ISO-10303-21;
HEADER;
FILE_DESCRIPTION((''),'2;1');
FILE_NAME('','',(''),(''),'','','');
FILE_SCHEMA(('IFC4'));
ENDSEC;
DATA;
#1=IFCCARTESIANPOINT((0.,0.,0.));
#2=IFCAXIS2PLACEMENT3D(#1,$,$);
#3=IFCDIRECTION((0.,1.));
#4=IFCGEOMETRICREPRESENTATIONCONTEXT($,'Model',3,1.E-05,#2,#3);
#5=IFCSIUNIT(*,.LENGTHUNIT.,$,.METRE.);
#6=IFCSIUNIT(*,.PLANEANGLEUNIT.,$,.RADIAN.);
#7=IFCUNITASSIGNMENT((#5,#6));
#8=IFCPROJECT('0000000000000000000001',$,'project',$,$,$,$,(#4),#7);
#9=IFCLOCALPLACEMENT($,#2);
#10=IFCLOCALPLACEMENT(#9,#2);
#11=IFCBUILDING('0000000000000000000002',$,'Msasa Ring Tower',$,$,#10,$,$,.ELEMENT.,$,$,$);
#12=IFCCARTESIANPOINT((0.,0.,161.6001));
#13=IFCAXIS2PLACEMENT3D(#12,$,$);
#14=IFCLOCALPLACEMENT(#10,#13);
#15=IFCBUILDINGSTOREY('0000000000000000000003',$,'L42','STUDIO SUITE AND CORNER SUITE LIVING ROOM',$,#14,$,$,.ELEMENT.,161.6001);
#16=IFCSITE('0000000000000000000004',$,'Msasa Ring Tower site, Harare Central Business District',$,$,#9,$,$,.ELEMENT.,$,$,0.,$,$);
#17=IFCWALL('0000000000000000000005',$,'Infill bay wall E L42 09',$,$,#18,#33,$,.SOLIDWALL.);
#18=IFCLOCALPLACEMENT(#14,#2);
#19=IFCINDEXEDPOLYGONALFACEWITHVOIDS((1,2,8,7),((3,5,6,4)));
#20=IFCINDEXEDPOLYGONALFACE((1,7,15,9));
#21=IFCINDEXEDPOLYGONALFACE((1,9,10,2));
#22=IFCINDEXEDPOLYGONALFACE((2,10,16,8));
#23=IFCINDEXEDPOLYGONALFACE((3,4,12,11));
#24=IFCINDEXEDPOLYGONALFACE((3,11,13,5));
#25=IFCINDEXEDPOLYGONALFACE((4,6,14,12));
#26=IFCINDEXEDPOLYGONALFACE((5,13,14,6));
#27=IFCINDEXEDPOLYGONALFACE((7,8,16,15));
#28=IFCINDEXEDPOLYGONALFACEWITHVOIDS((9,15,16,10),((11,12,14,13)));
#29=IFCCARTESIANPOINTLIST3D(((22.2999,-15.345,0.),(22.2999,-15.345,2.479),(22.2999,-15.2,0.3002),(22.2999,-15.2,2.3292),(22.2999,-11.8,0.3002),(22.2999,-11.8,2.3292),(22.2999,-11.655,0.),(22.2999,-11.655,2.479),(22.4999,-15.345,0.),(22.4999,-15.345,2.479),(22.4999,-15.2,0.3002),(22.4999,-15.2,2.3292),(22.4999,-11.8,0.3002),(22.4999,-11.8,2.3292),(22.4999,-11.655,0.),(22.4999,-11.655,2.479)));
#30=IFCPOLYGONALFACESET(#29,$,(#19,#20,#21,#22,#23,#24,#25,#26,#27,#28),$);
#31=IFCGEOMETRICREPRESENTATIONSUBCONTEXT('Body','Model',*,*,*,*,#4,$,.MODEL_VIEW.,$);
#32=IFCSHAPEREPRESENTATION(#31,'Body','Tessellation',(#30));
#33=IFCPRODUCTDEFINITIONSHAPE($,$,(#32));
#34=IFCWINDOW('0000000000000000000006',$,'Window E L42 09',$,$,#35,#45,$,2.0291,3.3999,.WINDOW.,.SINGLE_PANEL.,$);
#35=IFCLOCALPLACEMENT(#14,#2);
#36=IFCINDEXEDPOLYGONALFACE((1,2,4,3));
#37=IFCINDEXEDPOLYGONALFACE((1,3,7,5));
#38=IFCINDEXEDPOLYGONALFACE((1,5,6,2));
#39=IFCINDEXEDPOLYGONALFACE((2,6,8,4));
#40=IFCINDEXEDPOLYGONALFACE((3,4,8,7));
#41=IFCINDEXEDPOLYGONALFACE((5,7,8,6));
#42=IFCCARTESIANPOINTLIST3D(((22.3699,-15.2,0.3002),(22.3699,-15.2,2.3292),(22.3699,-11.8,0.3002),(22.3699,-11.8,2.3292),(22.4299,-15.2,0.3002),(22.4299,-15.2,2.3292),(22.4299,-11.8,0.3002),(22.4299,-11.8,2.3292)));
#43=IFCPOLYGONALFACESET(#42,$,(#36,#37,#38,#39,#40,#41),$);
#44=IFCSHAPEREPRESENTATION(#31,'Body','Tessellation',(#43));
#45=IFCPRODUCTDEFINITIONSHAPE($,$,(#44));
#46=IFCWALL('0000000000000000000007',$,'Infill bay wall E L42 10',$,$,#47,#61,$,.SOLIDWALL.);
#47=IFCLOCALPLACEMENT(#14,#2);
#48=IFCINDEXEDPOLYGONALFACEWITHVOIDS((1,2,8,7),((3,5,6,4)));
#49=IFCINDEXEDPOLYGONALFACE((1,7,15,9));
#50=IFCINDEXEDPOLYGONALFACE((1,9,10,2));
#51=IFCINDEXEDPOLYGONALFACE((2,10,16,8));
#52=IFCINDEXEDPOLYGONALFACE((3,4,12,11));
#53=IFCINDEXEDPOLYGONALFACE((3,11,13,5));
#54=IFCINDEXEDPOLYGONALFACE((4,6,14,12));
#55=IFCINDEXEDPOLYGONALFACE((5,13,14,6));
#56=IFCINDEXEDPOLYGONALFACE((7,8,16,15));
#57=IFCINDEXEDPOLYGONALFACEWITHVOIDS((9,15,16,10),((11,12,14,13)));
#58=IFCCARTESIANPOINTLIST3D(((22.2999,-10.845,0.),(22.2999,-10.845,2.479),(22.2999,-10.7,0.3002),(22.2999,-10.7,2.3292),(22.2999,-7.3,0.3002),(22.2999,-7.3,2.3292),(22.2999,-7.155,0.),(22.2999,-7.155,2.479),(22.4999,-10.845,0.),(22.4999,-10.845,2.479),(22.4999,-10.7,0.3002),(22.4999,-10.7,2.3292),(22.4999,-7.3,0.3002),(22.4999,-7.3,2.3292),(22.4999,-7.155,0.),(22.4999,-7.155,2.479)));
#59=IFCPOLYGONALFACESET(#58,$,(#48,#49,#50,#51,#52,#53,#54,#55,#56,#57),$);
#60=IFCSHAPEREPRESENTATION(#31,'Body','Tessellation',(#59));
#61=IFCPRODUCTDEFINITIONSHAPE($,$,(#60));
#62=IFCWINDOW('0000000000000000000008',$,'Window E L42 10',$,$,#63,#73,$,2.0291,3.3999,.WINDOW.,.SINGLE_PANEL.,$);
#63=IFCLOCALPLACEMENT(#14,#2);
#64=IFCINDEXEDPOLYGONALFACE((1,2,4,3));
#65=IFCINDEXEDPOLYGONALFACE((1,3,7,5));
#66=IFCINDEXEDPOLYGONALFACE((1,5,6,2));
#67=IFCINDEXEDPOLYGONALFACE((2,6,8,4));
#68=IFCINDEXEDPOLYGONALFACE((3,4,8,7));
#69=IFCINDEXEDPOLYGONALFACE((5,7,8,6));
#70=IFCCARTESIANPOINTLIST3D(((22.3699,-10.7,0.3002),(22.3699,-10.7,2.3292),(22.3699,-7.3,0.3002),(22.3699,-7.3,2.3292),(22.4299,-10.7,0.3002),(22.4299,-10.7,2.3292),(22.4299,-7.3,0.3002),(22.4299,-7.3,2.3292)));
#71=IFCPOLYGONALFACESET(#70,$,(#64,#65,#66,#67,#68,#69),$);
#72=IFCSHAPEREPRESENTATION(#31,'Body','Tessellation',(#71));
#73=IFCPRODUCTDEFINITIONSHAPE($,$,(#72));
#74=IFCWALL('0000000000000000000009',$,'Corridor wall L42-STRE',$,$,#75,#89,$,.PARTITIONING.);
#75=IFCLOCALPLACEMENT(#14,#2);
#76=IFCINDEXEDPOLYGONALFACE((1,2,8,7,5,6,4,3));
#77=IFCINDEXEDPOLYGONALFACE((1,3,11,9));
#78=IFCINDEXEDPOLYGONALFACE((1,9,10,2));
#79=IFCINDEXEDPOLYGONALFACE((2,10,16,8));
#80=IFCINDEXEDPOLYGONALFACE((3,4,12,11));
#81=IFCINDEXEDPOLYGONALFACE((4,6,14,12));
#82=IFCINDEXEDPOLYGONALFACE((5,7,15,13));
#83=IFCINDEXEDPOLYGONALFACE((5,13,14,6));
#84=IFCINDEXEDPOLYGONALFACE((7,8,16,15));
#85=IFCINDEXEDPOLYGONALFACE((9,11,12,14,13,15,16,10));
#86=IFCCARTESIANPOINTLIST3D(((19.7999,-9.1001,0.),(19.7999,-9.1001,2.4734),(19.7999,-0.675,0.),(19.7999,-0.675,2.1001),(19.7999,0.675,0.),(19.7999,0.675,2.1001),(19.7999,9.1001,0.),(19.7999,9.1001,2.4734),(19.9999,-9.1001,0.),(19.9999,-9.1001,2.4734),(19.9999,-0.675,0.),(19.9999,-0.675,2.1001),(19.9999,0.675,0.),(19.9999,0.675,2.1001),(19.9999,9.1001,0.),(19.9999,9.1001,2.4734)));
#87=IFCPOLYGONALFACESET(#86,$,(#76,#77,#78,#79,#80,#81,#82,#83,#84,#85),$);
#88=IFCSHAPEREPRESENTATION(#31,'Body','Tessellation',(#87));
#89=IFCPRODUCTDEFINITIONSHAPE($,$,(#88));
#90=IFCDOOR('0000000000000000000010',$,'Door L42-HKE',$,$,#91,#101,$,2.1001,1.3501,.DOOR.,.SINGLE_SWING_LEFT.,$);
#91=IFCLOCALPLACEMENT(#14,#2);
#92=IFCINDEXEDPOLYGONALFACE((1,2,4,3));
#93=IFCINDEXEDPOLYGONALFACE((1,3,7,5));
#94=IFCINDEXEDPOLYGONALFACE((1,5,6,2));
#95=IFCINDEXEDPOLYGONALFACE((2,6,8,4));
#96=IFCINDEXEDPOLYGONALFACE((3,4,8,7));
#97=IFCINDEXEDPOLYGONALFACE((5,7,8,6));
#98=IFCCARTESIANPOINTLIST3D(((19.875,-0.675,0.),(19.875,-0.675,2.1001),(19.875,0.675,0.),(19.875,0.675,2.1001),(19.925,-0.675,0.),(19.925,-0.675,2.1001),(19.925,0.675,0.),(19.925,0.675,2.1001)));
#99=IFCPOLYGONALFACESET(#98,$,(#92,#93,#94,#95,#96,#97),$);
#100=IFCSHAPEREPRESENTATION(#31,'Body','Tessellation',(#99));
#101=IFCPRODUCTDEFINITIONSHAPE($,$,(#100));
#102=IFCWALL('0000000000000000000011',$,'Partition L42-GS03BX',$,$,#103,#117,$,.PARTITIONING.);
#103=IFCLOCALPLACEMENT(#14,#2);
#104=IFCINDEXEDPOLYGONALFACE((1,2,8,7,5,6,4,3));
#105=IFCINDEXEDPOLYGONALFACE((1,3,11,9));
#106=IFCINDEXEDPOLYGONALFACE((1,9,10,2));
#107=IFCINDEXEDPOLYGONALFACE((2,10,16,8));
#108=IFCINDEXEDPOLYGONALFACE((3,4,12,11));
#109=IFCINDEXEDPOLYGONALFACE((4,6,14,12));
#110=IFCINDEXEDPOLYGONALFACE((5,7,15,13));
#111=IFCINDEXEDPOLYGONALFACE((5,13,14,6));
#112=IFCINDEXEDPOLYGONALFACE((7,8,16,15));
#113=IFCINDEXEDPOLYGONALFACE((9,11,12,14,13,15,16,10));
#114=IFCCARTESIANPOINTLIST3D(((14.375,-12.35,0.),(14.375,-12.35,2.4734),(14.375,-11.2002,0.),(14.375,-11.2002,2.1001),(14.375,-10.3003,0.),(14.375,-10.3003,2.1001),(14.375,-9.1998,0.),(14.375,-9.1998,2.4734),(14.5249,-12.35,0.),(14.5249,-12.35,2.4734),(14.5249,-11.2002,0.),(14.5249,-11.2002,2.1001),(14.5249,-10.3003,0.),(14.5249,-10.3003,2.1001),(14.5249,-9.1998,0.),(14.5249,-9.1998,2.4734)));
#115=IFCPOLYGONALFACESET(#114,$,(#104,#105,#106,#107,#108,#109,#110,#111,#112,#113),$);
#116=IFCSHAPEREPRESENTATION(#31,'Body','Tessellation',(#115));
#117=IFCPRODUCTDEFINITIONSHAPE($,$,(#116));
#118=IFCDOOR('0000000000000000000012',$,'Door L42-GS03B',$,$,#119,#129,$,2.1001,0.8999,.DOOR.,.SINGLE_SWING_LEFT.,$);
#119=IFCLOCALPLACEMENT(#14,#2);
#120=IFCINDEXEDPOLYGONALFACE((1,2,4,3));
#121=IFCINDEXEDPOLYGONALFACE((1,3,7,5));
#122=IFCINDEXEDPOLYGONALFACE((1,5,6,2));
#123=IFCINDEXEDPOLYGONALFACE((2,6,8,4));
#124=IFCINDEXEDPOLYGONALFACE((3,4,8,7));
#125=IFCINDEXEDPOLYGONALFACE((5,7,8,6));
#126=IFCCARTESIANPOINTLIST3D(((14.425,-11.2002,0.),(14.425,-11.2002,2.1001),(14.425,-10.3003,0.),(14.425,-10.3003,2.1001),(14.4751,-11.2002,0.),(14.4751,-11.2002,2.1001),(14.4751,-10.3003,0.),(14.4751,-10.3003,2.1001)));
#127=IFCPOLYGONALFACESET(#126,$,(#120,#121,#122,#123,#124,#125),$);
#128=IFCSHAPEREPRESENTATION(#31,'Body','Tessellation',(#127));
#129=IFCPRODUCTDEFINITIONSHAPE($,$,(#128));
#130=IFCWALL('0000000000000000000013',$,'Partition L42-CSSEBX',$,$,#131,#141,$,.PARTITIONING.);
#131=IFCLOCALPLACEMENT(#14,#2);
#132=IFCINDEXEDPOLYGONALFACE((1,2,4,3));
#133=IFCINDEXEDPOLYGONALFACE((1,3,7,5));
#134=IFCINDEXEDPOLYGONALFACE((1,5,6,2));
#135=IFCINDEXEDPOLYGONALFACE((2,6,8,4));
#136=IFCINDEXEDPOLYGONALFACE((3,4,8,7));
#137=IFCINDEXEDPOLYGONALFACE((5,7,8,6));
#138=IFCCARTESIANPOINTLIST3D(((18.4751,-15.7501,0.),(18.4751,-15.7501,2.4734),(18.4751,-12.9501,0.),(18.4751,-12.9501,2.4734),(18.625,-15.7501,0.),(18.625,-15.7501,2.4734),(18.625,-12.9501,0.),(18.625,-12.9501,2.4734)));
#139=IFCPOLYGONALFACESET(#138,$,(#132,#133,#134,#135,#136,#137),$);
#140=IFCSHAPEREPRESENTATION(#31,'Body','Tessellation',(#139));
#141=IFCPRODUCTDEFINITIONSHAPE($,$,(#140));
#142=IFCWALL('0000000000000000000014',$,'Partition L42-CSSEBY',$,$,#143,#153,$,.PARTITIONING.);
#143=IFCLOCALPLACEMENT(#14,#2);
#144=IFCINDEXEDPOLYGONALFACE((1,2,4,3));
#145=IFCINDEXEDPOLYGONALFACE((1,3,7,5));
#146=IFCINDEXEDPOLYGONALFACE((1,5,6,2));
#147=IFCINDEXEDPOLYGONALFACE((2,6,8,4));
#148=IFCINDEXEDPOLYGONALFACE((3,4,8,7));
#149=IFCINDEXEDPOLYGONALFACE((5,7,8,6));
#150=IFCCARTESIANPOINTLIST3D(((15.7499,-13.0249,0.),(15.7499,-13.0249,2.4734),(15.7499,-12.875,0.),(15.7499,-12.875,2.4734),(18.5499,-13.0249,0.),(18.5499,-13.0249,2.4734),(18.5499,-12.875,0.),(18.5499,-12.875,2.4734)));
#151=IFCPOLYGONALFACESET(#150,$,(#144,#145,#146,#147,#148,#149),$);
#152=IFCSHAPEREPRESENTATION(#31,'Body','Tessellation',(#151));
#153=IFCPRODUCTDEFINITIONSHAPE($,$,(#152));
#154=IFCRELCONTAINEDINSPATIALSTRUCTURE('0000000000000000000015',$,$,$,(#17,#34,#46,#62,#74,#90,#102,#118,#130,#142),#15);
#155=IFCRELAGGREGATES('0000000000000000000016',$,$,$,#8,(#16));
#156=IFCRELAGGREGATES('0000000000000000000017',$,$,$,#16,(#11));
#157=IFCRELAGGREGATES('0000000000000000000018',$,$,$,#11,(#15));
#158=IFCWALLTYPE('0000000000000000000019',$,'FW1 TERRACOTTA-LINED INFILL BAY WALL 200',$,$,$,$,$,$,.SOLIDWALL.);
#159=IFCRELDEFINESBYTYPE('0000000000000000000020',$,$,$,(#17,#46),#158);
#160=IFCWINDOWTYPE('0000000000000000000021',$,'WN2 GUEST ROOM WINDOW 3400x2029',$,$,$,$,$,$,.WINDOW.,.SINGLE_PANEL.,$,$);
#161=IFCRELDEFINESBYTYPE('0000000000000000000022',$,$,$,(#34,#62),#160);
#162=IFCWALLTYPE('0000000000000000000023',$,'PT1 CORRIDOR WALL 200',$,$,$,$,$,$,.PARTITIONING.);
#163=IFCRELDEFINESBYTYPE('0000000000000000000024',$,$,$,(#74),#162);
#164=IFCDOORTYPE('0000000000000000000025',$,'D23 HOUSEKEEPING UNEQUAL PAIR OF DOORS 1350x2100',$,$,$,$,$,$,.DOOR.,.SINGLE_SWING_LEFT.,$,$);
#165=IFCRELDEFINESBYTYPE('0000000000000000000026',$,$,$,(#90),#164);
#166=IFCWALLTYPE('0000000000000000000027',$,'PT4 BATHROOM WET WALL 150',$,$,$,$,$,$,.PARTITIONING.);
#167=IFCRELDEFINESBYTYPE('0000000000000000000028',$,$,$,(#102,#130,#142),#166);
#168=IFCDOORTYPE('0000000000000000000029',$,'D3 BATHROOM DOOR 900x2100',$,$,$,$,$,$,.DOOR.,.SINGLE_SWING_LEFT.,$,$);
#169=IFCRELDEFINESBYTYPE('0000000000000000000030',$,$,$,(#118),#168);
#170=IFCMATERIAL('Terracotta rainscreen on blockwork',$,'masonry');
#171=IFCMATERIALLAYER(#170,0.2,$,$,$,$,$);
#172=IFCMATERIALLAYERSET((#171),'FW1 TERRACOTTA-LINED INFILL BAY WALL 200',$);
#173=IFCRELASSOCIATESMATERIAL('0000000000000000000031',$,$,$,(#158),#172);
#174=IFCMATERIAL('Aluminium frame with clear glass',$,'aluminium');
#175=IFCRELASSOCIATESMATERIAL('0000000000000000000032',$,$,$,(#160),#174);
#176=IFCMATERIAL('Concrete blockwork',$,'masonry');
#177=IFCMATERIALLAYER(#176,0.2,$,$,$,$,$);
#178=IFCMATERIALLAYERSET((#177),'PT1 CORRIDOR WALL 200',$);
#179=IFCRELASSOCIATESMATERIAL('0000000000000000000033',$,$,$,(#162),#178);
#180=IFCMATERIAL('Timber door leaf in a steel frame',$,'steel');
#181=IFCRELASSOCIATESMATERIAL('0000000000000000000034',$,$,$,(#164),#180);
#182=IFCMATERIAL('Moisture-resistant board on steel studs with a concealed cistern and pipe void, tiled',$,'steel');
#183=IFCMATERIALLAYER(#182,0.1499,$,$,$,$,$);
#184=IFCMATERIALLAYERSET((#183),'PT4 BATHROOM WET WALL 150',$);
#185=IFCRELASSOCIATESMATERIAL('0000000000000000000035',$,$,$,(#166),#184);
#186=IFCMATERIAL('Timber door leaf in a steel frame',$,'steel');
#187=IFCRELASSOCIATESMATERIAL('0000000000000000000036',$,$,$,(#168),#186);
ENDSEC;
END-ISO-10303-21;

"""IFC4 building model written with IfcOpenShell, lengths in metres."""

from ifc_helpers import new_model, si_unit, direction, frame, frame_2d, origin, place, context, subcontext, project, spatial, rectangle, extrude, material, layer, layer_set, type_object, element, fill, save


model = new_model("IFC4")

# Units and contexts
model_context = context("Model", 3, precision=1e-05, world=origin(), true_north=direction((0.0, 1.0)))
body_context = subcontext(model_context, "Body", "Model", "MODEL_VIEW")
ifc_project = project(units=[si_unit("LENGTHUNIT", "METRE"), si_unit("PLANEANGLEUNIT", "RADIAN")], contexts=[model_context])

# Site, building, storey
site_placement = place(None, origin())
site = spatial("IfcSite", under=ifc_project, at=site_placement, Name="Msasa Ring Tower site, Harare Central Business District", CompositionType="ELEMENT", RefElevation=0.0)
building_placement = place(site_placement, origin())
building = spatial("IfcBuilding", under=site, at=building_placement, Name="Msasa Ring Tower", CompositionType="ELEMENT")
storey_placement = place(building_placement, frame((0.0, 0.0, 161.6001)))
storey = spatial("IfcBuildingStorey", under=building, at=storey_placement, Name="L42", Description="STUDIO SUITE AND CORNER SUITE LIVING ROOM", CompositionType="ELEMENT", Elevation=161.6001)

# Walls, openings, windows
ifc_material_1 = material(Name="Terracotta rainscreen on blockwork", Category="masonry")
ifc_layer_1 = layer(ifc_material_1, 0.2)
ifc_layer_set_1 = layer_set([ifc_layer_1], Name="FW1 TERRACOTTA-LINED INFILL BAY WALL 200")
wall_type_1 = type_object("IfcWallType", Name="FW1 TERRACOTTA-LINED INFILL BAY WALL 200", PredefinedType="SOLIDWALL", material=ifc_layer_set_1)
wall_1_placement = place(storey_placement, frame((22.3999, -15.345, 0.0), z_axis=(0.0, 0.0, 1.0), x_axis=(0.0, 1.0, 0.0)))
wall_1 = element("IfcWall", 1, at=wall_1_placement, inside=storey, type_object=wall_type_1, Name="Infill bay wall E L42 09", PredefinedType="SOLIDWALL", context=body_context, shape_type="SweptSolid", body=[
    extrude(rectangle(XDim=3.6899, YDim=0.2, at=frame_2d((1.845, 0.0))), origin(), (0.0, 0.0, 1.0), 2.479),
])
opening_1_placement = place(wall_1_placement, frame((0.145, 0.0, 0.3)))
opening_1 = element("IfcOpeningElement", 2, at=opening_1_placement, cuts=wall_1, PredefinedType="OPENING", context=body_context, shape_type="SweptSolid", body=[
    extrude(rectangle(XDim=3.3999, YDim=2.0291, at=frame_2d((1.7, 1.0146))), frame((0.0, 0.1099, 0.0), z_axis=(0.0, -1.0, 0.0), x_axis=(1.0, 0.0, 0.0)), (0.0, 0.0, 1.0), 0.22),
])
ifc_material_2 = material(Name="Aluminium frame with clear glass", Category="aluminium")
window_type = type_object("IfcWindowType", Name="WN2 GUEST ROOM WINDOW 3400x2029", PartitioningType="SINGLE_PANEL", PredefinedType="WINDOW", material=ifc_material_2)
window_1_placement = place(opening_1_placement, origin())
window_1 = element("IfcWindow", 3, at=window_1_placement, inside=storey, type_object=window_type, Name="Window E L42 09", OverallHeight=2.0291, OverallWidth=3.3999, PartitioningType="SINGLE_PANEL", PredefinedType="WINDOW", context=body_context, shape_type="SweptSolid", body=[
    extrude(rectangle(XDim=3.3999, YDim=2.0291, at=frame_2d((1.7, 1.0146))), frame((0.0, 0.03, 0.0), z_axis=(0.0, -1.0, 0.0), x_axis=(1.0, 0.0, 0.0)), (0.0, 0.0, 1.0), 0.0601),
])
fill(opening_1, window_1)
wall_2_placement = place(storey_placement, frame((22.3999, -10.845, 0.0), z_axis=(0.0, 0.0, 1.0), x_axis=(0.0, 1.0, 0.0)))
wall_2 = element("IfcWall", 4, at=wall_2_placement, inside=storey, type_object=wall_type_1, Name="Infill bay wall E L42 10", PredefinedType="SOLIDWALL", context=body_context, shape_type="SweptSolid", body=[
    extrude(rectangle(XDim=3.6899, YDim=0.2, at=frame_2d((1.845, 0.0))), origin(), (0.0, 0.0, 1.0), 2.479),
])
opening_2_placement = place(wall_2_placement, frame((0.145, 0.0, 0.3)))
opening_2 = element("IfcOpeningElement", 5, at=opening_2_placement, cuts=wall_2, PredefinedType="OPENING", context=body_context, shape_type="SweptSolid", body=[
    extrude(rectangle(XDim=3.3999, YDim=2.0291, at=frame_2d((1.7, 1.0146))), frame((0.0, 0.1099, 0.0), z_axis=(0.0, -1.0, 0.0), x_axis=(1.0, 0.0, 0.0)), (0.0, 0.0, 1.0), 0.22),
])
window_2_placement = place(opening_2_placement, origin())
window_2 = element("IfcWindow", 6, at=window_2_placement, inside=storey, type_object=window_type, Name="Window E L42 10", OverallHeight=2.0291, OverallWidth=3.3999, PartitioningType="SINGLE_PANEL", PredefinedType="WINDOW", context=body_context, shape_type="SweptSolid", body=[
    extrude(rectangle(XDim=3.3999, YDim=2.0291, at=frame_2d((1.7, 1.0146))), frame((0.0, 0.03, 0.0), z_axis=(0.0, -1.0, 0.0), x_axis=(1.0, 0.0, 0.0)), (0.0, 0.0, 1.0), 0.0601),
])
fill(opening_2, window_2)

# Walls, openings, doors
ifc_material_3 = material(Name="Concrete blockwork", Category="masonry")
ifc_layer_2 = layer(ifc_material_3, 0.2)
ifc_layer_set_2 = layer_set([ifc_layer_2], Name="PT1 CORRIDOR WALL 200")
wall_type_2 = type_object("IfcWallType", Name="PT1 CORRIDOR WALL 200", PredefinedType="PARTITIONING", material=ifc_layer_set_2)
wall_3_placement = place(storey_placement, frame((19.8999, -9.1001, 0.0), z_axis=(0.0, 0.0, 1.0), x_axis=(0.0, 1.0, 0.0)))
wall_3 = element("IfcWall", 7, at=wall_3_placement, inside=storey, type_object=wall_type_2, Name="Corridor wall L42-STRE", PredefinedType="PARTITIONING", context=body_context, shape_type="SweptSolid", body=[
    extrude(rectangle(XDim=18.2002, YDim=0.2, at=frame_2d((9.1001, 0.0))), origin(), (0.0, 0.0, 1.0), 2.4734),
])
opening_3_placement = place(wall_3_placement, frame((8.425, 0.0, 0.0)))
opening_3 = element("IfcOpeningElement", 8, at=opening_3_placement, cuts=wall_3, PredefinedType="OPENING", context=body_context, shape_type="SweptSolid", body=[
    extrude(rectangle(XDim=1.3501, YDim=2.1001, at=frame_2d((0.675, 1.05))), frame((0.0, 0.1099, 0.0), z_axis=(0.0, -1.0, 0.0), x_axis=(1.0, 0.0, 0.0)), (0.0, 0.0, 1.0), 0.22),
])
ifc_material_4 = material(Name="Timber door leaf in a steel frame", Category="steel")
door_type_1 = type_object("IfcDoorType", Name="D23 HOUSEKEEPING UNEQUAL PAIR OF DOORS 1350x2100", OperationType="SINGLE_SWING_LEFT", PredefinedType="DOOR", material=ifc_material_4)
door_1_placement = place(opening_3_placement, origin())
door_1 = element("IfcDoor", 9, at=door_1_placement, inside=storey, type_object=door_type_1, Name="Door L42-HKE", OperationType="SINGLE_SWING_LEFT", OverallHeight=2.1001, OverallWidth=1.3501, PredefinedType="DOOR", context=body_context, shape_type="SweptSolid", body=[
    extrude(rectangle(XDim=1.3501, YDim=2.1001, at=frame_2d((0.675, 1.05))), frame((0.0, 0.0249, 0.0), z_axis=(0.0, -1.0, 0.0), x_axis=(1.0, 0.0, 0.0)), (0.0, 0.0, 1.0), 0.05),
])
fill(opening_3, door_1)
ifc_material_5 = material(Name="Moisture-resistant board on steel studs with a concealed cistern and pipe void, tiled", Category="steel")
ifc_layer_3 = layer(ifc_material_5, 0.1499)
ifc_layer_set_3 = layer_set([ifc_layer_3], Name="PT4 BATHROOM WET WALL 150")
wall_type_3 = type_object("IfcWallType", Name="PT4 BATHROOM WET WALL 150", PredefinedType="PARTITIONING", material=ifc_layer_set_3)
wall_4_placement = place(storey_placement, frame((14.45, -12.3501, 0.0), z_axis=(0.0, 0.0, 1.0), x_axis=(0.0, 1.0, 0.0)))
wall_4 = element("IfcWall", 10, at=wall_4_placement, inside=storey, type_object=wall_type_3, Name="Partition L42-GS03BX", PredefinedType="PARTITIONING", context=body_context, shape_type="SweptSolid", body=[
    extrude(rectangle(XDim=3.1501, YDim=0.1499, at=frame_2d((1.5752, 0.0))), origin(), (0.0, 0.0, 1.0), 2.4734),
])
opening_4_placement = place(wall_4_placement, frame((1.1499, 0.0, 0.0)))
opening_4 = element("IfcOpeningElement", 11, at=opening_4_placement, cuts=wall_4, PredefinedType="OPENING", context=body_context, shape_type="SweptSolid", body=[
    extrude(rectangle(XDim=0.8999, YDim=2.1001, at=frame_2d((0.45, 1.05))), frame((0.0, 0.085, 0.0), z_axis=(0.0, -1.0, 0.0), x_axis=(1.0, 0.0, 0.0)), (0.0, 0.0, 1.0), 0.1699),
])
ifc_material_6 = material(Name="Timber door leaf in a steel frame", Category="steel")
door_type_2 = type_object("IfcDoorType", Name="D3 BATHROOM DOOR 900x2100", OperationType="SINGLE_SWING_LEFT", PredefinedType="DOOR", material=ifc_material_6)
door_2_placement = place(opening_4_placement, origin())
door_2 = element("IfcDoor", 12, at=door_2_placement, inside=storey, type_object=door_type_2, Name="Door L42-GS03B", OperationType="SINGLE_SWING_LEFT", OverallHeight=2.1001, OverallWidth=0.8999, PredefinedType="DOOR", context=body_context, shape_type="SweptSolid", body=[
    extrude(rectangle(XDim=0.8999, YDim=2.1001, at=frame_2d((0.45, 1.05))), frame((0.0, 0.0249, 0.0), z_axis=(0.0, -1.0, 0.0), x_axis=(1.0, 0.0, 0.0)), (0.0, 0.0, 1.0), 0.05),
])
fill(opening_4, door_2)

# Walls
for number, where, z_axis, x_axis, name in (
    (13, (18.55, -15.75, 0.0), (0.0, 0.0, 1.0), (0.0, 1.0, 0.0), "Partition L42-CSSEBX"),
    (14, (15.75, -12.95, 0.0), (0.0, 0.0, 1.0), (1.0, 0.0, 0.0), "Partition L42-CSSEBY"),
):
    element("IfcWall", number, at=place(storey_placement, frame(where, z_axis=z_axis, x_axis=x_axis)), inside=storey, type_object=wall_type_3, Name=name, PredefinedType="PARTITIONING", context=body_context, shape_type="SweptSolid", body=[
        extrude(rectangle(XDim=2.8, YDim=0.1499, at=frame_2d((1.3999, 0.0))), origin(), (0.0, 0.0, 1.0), 2.4734),
    ])

save(model, "model.ifc")
